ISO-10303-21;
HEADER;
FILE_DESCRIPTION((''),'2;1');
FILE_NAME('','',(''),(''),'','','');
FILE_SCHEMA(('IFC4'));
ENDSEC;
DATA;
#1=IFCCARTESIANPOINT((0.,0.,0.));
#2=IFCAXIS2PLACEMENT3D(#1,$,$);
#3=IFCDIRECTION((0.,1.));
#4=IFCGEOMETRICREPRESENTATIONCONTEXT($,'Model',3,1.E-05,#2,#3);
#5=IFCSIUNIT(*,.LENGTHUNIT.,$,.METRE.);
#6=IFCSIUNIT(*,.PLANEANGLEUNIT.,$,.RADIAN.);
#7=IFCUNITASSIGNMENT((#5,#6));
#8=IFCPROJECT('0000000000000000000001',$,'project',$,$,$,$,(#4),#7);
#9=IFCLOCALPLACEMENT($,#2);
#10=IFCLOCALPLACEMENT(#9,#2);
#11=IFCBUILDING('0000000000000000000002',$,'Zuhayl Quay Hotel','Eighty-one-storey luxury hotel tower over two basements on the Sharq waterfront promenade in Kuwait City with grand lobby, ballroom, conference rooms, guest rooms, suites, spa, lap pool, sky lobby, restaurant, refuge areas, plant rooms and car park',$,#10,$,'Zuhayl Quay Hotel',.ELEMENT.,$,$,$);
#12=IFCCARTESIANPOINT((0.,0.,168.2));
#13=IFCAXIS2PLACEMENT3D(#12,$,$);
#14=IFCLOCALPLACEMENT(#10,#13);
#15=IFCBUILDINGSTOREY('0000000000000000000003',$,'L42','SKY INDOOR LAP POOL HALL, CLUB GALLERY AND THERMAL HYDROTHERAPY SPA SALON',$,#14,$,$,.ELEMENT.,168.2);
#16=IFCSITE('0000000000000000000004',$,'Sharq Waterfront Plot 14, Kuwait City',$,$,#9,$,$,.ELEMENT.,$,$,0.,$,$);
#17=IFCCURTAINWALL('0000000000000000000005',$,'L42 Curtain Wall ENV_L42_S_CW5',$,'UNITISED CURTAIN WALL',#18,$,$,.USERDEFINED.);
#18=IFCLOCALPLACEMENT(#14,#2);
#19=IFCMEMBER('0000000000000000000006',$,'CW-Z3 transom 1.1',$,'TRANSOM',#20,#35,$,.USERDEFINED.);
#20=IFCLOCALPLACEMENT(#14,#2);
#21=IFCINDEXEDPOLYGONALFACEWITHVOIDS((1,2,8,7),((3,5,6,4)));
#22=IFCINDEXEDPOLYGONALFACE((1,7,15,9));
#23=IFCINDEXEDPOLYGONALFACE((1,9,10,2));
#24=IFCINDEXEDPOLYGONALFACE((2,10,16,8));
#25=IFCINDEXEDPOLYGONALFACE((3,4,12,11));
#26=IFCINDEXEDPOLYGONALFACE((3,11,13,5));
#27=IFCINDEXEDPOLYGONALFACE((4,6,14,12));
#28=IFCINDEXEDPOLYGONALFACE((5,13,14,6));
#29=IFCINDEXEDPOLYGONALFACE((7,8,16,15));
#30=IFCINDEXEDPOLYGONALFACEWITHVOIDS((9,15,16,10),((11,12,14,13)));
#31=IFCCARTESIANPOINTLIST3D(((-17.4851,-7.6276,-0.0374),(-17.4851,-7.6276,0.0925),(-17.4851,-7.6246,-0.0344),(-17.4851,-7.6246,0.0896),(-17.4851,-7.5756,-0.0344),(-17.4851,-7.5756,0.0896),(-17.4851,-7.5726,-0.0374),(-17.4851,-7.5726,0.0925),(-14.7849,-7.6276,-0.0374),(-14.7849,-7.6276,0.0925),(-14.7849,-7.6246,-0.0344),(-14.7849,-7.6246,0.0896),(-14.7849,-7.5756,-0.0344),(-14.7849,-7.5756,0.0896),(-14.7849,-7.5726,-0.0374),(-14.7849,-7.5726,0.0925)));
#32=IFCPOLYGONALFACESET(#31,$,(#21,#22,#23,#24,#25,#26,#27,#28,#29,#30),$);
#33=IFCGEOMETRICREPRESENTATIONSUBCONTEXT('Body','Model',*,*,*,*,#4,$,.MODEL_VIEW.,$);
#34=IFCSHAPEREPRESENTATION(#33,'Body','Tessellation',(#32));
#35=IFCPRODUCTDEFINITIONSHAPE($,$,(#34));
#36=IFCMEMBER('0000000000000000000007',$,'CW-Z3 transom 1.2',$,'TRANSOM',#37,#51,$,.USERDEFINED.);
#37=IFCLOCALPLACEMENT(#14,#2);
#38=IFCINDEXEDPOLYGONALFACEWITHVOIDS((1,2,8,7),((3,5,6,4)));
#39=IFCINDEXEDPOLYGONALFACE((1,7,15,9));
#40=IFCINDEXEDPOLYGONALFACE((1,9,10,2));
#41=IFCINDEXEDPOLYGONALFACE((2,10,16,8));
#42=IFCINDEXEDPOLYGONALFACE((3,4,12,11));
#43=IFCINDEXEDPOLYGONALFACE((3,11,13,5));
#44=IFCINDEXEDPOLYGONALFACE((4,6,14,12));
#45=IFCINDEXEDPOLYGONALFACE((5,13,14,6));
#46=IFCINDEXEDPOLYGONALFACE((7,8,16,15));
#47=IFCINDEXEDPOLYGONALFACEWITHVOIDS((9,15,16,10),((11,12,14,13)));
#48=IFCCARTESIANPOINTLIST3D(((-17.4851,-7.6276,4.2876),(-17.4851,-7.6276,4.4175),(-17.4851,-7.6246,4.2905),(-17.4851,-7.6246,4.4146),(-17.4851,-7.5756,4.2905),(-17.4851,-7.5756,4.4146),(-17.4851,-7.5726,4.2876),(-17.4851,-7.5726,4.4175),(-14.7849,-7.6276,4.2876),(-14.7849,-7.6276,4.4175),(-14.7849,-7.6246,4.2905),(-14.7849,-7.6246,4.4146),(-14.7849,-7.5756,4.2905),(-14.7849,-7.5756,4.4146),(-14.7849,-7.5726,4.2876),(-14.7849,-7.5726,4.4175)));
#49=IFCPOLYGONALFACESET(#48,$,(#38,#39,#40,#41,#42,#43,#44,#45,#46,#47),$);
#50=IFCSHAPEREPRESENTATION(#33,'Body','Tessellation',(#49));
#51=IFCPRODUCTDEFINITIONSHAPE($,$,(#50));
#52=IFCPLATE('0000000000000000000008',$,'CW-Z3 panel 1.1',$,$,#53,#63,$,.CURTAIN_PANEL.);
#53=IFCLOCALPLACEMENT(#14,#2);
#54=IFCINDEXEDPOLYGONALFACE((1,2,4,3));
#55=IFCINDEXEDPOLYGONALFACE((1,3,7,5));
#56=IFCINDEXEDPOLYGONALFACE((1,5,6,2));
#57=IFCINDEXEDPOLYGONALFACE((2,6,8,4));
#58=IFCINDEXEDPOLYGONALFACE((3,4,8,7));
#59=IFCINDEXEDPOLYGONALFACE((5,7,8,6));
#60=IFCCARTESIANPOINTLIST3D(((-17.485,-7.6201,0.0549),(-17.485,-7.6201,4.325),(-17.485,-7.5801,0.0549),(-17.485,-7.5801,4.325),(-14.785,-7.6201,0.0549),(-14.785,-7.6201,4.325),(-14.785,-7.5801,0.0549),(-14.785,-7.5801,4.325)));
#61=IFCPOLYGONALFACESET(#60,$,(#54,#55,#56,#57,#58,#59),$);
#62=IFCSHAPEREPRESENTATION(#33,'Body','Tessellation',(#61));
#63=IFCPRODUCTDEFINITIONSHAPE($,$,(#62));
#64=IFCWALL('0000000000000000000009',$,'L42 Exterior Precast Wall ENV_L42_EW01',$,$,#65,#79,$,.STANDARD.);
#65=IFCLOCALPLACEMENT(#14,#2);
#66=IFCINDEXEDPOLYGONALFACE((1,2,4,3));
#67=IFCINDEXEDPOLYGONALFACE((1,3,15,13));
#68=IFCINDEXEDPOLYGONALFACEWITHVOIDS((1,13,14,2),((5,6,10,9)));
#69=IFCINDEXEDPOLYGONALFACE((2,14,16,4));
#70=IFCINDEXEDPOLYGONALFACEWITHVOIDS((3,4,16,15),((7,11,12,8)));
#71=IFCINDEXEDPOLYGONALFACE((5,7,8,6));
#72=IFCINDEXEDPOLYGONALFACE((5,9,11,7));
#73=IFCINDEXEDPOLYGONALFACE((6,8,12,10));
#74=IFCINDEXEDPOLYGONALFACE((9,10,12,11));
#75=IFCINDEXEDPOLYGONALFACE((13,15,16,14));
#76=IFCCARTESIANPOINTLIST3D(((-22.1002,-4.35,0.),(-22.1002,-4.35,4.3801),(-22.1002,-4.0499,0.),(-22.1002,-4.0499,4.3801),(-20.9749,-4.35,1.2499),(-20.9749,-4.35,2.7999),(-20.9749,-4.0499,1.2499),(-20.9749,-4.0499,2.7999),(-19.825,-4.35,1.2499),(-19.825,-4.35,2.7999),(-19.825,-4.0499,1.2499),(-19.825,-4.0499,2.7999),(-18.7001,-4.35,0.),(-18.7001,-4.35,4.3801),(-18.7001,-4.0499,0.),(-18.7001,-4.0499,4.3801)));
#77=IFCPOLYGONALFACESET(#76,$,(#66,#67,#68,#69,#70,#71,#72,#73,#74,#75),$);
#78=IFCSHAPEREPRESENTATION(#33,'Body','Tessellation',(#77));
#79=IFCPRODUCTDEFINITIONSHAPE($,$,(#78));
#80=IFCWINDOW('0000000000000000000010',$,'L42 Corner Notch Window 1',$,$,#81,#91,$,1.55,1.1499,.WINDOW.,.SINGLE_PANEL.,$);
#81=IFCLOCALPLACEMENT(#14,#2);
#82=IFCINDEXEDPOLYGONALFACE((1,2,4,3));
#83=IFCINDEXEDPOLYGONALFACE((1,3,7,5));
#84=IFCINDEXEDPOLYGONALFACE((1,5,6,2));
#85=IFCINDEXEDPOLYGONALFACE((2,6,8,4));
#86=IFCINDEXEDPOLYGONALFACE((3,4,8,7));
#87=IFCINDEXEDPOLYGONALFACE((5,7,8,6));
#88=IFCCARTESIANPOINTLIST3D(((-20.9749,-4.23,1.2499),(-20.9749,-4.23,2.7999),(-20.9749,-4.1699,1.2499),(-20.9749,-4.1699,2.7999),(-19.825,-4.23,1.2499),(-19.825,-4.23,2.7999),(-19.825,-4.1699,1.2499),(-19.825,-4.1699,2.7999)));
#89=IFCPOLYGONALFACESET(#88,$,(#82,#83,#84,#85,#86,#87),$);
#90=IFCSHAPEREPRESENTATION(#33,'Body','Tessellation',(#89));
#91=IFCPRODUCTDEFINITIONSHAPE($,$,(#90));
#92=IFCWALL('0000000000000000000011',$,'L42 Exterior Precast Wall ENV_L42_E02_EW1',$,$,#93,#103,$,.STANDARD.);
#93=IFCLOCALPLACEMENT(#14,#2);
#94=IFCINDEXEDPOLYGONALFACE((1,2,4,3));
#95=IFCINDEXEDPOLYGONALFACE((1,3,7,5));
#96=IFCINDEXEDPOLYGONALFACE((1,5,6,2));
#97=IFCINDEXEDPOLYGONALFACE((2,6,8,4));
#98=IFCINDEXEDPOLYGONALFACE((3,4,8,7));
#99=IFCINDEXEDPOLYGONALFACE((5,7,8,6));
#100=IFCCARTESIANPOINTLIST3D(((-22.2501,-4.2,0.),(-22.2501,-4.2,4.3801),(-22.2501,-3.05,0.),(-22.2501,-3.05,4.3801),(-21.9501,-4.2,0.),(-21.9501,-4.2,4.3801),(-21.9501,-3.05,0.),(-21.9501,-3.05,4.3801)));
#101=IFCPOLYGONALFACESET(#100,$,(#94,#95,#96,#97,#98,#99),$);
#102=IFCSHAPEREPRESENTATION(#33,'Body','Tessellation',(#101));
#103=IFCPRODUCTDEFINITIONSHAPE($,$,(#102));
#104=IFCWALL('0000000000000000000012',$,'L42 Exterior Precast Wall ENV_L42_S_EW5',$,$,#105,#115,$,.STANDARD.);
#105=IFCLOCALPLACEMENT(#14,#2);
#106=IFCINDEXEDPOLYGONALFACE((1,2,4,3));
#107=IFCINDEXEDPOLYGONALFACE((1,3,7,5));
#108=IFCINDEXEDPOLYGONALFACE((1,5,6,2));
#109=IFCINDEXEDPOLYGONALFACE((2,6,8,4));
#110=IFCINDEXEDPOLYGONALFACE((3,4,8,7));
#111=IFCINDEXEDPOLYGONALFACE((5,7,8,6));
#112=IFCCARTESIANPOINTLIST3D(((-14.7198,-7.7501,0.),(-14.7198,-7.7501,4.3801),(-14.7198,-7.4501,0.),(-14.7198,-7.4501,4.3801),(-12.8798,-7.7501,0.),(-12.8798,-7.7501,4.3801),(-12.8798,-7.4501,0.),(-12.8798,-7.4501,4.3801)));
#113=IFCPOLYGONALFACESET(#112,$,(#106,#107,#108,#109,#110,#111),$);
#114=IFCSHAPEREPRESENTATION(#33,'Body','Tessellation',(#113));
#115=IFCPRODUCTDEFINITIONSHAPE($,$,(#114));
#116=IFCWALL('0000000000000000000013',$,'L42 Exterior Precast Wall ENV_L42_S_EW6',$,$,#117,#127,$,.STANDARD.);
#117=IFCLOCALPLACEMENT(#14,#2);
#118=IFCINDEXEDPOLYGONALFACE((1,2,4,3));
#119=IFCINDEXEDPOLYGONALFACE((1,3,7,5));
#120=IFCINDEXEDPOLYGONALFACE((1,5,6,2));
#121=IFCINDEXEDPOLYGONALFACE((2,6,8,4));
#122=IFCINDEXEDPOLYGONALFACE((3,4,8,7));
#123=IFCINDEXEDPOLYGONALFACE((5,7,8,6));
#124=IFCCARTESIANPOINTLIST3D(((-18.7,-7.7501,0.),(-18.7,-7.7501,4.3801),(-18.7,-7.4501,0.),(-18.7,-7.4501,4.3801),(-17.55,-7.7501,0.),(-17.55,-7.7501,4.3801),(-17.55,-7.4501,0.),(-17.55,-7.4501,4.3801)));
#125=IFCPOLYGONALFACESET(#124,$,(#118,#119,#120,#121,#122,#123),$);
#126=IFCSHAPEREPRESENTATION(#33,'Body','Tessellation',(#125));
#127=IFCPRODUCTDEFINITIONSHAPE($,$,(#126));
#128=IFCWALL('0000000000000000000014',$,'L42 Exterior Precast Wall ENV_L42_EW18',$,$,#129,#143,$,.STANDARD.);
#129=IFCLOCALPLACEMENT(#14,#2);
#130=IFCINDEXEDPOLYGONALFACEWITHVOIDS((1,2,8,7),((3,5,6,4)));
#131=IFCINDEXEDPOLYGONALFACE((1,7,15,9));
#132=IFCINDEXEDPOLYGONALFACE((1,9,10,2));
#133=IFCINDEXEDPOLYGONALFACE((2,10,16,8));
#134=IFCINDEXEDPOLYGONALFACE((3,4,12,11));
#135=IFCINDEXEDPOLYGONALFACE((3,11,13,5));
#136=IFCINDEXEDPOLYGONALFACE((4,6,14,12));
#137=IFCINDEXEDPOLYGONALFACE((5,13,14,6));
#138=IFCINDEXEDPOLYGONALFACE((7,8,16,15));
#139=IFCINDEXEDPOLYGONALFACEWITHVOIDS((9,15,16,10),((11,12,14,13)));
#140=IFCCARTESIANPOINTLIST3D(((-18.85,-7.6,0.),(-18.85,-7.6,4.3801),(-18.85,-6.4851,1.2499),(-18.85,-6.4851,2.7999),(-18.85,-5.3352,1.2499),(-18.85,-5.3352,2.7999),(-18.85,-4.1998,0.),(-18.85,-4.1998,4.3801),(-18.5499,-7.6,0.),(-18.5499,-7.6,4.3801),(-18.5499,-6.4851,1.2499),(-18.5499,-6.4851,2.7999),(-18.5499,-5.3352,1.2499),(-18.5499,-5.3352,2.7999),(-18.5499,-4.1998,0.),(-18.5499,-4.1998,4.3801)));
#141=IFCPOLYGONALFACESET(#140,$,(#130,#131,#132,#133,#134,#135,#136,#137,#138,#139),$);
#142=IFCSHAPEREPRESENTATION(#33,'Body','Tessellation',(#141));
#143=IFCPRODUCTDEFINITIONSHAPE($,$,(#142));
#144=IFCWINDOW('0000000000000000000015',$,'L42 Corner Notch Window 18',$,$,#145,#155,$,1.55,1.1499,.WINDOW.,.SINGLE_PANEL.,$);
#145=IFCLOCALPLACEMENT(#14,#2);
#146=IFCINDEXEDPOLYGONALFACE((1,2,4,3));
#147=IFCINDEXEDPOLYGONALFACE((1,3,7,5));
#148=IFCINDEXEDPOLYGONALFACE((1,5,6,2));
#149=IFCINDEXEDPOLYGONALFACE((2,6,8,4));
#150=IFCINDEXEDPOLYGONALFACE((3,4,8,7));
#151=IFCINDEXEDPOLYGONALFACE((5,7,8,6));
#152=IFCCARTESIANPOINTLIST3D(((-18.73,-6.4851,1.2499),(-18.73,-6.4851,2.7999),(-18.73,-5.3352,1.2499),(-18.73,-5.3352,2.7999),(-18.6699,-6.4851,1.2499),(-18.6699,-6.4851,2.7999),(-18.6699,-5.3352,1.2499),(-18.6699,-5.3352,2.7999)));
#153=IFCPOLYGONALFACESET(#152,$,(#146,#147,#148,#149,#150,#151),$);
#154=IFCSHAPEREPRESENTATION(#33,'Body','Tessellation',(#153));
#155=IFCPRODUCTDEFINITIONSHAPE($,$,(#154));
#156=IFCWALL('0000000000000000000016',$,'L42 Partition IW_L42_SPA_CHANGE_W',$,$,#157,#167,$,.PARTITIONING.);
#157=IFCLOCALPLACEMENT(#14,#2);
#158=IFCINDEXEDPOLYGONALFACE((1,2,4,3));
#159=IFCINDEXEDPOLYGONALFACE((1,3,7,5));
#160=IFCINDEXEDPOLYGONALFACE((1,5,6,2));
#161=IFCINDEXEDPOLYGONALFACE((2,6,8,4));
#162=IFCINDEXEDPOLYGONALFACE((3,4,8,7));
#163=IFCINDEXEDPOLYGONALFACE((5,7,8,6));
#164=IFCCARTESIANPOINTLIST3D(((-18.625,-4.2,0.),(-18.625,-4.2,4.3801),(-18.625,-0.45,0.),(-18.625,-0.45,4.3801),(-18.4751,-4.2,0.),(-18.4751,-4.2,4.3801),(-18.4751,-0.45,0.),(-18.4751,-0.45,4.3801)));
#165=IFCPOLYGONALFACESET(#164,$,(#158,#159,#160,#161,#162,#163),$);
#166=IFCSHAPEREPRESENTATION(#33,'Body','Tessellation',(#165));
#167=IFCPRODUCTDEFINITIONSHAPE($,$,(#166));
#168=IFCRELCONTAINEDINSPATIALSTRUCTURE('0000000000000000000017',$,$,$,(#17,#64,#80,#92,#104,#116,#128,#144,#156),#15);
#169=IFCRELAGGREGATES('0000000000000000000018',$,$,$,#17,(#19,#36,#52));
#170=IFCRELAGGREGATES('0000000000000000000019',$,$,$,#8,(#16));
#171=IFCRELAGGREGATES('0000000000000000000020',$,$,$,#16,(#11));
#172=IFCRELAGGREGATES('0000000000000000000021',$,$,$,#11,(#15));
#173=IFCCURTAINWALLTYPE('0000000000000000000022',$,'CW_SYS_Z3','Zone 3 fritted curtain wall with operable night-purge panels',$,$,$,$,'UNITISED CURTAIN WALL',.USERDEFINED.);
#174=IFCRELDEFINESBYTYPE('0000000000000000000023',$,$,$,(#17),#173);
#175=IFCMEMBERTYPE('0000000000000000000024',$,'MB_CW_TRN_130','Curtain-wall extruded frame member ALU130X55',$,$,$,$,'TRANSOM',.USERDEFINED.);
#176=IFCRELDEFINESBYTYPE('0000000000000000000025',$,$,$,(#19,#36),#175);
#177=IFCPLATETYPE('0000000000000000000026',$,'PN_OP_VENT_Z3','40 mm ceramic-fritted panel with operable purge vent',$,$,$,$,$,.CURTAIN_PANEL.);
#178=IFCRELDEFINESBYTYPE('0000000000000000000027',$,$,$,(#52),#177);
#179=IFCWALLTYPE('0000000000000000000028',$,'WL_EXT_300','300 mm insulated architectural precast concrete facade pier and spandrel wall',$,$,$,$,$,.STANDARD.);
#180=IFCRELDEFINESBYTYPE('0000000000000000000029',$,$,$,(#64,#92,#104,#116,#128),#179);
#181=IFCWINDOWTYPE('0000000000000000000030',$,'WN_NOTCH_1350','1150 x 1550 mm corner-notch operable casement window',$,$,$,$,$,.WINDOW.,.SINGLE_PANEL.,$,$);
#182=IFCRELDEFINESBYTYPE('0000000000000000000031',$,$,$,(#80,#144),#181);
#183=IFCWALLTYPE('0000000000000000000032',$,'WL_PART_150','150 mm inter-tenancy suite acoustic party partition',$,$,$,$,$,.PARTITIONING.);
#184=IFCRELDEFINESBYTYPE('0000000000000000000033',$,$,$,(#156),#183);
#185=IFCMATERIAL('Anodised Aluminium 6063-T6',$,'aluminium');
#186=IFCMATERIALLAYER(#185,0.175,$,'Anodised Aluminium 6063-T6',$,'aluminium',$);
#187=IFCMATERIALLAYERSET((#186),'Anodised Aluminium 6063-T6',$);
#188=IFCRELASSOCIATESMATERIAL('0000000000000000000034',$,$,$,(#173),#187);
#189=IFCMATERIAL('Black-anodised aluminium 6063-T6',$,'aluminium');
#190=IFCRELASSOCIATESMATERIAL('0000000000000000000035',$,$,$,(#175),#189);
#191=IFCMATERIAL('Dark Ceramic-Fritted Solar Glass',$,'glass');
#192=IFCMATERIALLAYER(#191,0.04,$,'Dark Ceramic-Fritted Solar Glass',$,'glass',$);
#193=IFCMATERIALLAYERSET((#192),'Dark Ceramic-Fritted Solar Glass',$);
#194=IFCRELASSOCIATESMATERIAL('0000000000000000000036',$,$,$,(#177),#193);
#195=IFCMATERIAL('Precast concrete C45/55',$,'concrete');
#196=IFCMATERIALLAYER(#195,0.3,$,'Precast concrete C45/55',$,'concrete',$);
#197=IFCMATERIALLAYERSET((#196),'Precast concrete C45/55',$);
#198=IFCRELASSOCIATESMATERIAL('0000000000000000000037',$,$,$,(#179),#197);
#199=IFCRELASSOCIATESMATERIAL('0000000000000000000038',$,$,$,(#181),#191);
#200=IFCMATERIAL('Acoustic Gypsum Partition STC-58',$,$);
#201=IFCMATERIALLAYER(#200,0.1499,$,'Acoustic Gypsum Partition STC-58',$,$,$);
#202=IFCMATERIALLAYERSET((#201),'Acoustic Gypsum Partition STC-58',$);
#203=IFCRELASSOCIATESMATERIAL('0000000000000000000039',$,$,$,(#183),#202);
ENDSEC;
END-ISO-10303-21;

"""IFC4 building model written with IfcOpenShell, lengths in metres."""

from ifc_helpers import new_model, si_unit, direction, frame, frame_2d, origin, origin_2d, place, context, subcontext, project, spatial, rectangle, hollow_rectangle, extrude, material, layer, layer_set, material_profile, profile_set, type_object, element, fill, aggregate, save


model = new_model("IFC4")

# Units and contexts
model_context = context("Model", 3, precision=1e-05, world=origin(), true_north=direction((0.0, 1.0)))
body_context = subcontext(model_context, "Body", "Model", "MODEL_VIEW")
ifc_project = project(units=[si_unit("LENGTHUNIT", "METRE"), si_unit("PLANEANGLEUNIT", "RADIAN")], contexts=[model_context])

# Site, building, storey
site_placement = place(None, origin())
site = spatial("IfcSite", under=ifc_project, at=site_placement, Name="Sharq Waterfront Plot 14, Kuwait City", CompositionType="ELEMENT", RefElevation=0.0)
building_placement = place(site_placement, origin())
building = spatial("IfcBuilding", under=site, at=building_placement, Name="Zuhayl Quay Hotel", Description="Eighty-one-storey luxury hotel tower over two basements on the Sharq waterfront promenade in Kuwait City with grand lobby, ballroom, conference rooms, guest rooms, suites, spa, lap pool, sky lobby, restaurant, refuge areas, plant rooms and car park", LongName="Zuhayl Quay Hotel", CompositionType="ELEMENT")
storey_placement = place(building_placement, frame((0.0, 0.0, 168.2)))
storey = spatial("IfcBuildingStorey", under=building, at=storey_placement, Name="L42", Description="SKY INDOOR LAP POOL HALL, CLUB GALLERY AND THERMAL HYDROTHERAPY SPA SALON", CompositionType="ELEMENT", Elevation=168.2)

# Shared definitions
ifc_material_1 = material(Name="Anodised Aluminium 6063-T6", Category="aluminium")
ifc_layer_1 = layer(ifc_material_1, 0.175, Name="Anodised Aluminium 6063-T6", Category="aluminium")
ifc_layer_set_1 = layer_set([ifc_layer_1], Name="Anodised Aluminium 6063-T6")
curtain_wall_type = type_object("IfcCurtainWallType", Name="CW_SYS_Z3", Description="Zone 3 fritted curtain wall with operable night-purge panels", ElementType="UNITISED CURTAIN WALL", PredefinedType="USERDEFINED", material=ifc_layer_set_1)
ifc_material_2 = material(Name="Black-anodised aluminium 6063-T6", Category="aluminium")

# Curtain wall
curtain_wall_1_placement = place(storey_placement, origin())
curtain_wall_1 = element("IfcCurtainWall", 1, at=curtain_wall_1_placement, inside=storey, type_object=curtain_wall_type, Name="L42 Curtain Wall ENV_L42_S_CW5", ObjectType="UNITISED CURTAIN WALL", PredefinedType="USERDEFINED")

# Members
ifc_material_profile_1 = material_profile(ifc_material_2, hollow_rectangle(XDim=0.0549, YDim=0.1299, WallThickness=0.0029, at=origin_2d()), Name="ALU130X55")
ifc_profile_set_1 = profile_set([ifc_material_profile_1], Name="Black-anodised aluminium 6063-T6")
member_type_1 = type_object("IfcMemberType", Name="MB_CW_TRN_130", Description="Curtain-wall extruded frame member ALU130X55", ElementType="TRANSOM", PredefinedType="USERDEFINED", material=ifc_profile_set_1)
member_1_placement = place(storey_placement, frame((-14.7849, -7.6001, 0.0276), z_axis=(-1.0, 0.0, 0.0), x_axis=(0.0, -1.0, 0.0)))
member_1 = element("IfcMember", 2, at=member_1_placement, type_object=member_type_1, Name="CW-Z3 transom 1.1", ObjectType="TRANSOM", PredefinedType="USERDEFINED", context=body_context, shape_type="SweptSolid", body=[
    extrude(hollow_rectangle(XDim=0.0549, YDim=0.1299, WallThickness=0.0029, at=origin_2d()), origin(), (0.0, 0.0, 1.0), 2.7002),
])
member_2_placement = place(storey_placement, frame((-14.7849, -7.6001, 4.3525), z_axis=(-1.0, 0.0, 0.0), x_axis=(0.0, -1.0, 0.0)))
member_2 = element("IfcMember", 3, at=member_2_placement, type_object=member_type_1, Name="CW-Z3 transom 1.2", ObjectType="TRANSOM", PredefinedType="USERDEFINED", context=body_context, shape_type="SweptSolid", body=[
    extrude(hollow_rectangle(XDim=0.0549, YDim=0.1299, WallThickness=0.0029, at=origin_2d()), origin(), (0.0, 0.0, 1.0), 2.7002),
])

# Plate
ifc_material_3 = material(Name="Dark Ceramic-Fritted Solar Glass", Category="glass")
ifc_layer_2 = layer(ifc_material_3, 0.04, Name="Dark Ceramic-Fritted Solar Glass", Category="glass")
ifc_layer_set_2 = layer_set([ifc_layer_2], Name="Dark Ceramic-Fritted Solar Glass")
plate_type = type_object("IfcPlateType", Name="PN_OP_VENT_Z3", Description="40 mm ceramic-fritted panel with operable purge vent", PredefinedType="CURTAIN_PANEL", material=ifc_layer_set_2)
plate_placement = place(storey_placement, frame((-16.135, -7.6001, 0.0549), z_axis=(0.0, 0.0, 1.0), x_axis=(-1.0, 0.0, 0.0)))
plate = element("IfcPlate", 4, at=plate_placement, type_object=plate_type, Name="CW-Z3 panel 1.1", PredefinedType="CURTAIN_PANEL", context=body_context, shape_type="SweptSolid", body=[
    extrude(rectangle(XDim=2.7, YDim=0.04, at=origin_2d()), origin(), (0.0, 0.0, 1.0), 4.27),
])
aggregate(curtain_wall_1, [member_1, member_2, plate])

# Wall, opening, window
ifc_material_4 = material(Name="Precast concrete C45/55", Category="concrete")
ifc_layer_3 = layer(ifc_material_4, 0.3, Name="Precast concrete C45/55", Category="concrete")
ifc_layer_set_3 = layer_set([ifc_layer_3], Name="Precast concrete C45/55")
wall_type_1 = type_object("IfcWallType", Name="WL_EXT_300", Description="300 mm insulated architectural precast concrete facade pier and spandrel wall", PredefinedType="STANDARD", material=ifc_layer_set_3)
wall_1_placement = place(storey_placement, frame((-18.7, -4.2, 0.0), z_axis=(0.0, 0.0, 1.0), x_axis=(-1.0, 0.0, 0.0)))
wall_1 = element("IfcWall", 5, at=wall_1_placement, inside=storey, type_object=wall_type_1, Name="L42 Exterior Precast Wall ENV_L42_EW01", PredefinedType="STANDARD", context=body_context, shape_type="SweptSolid", body=[
    extrude(rectangle(XDim=3.4001, YDim=0.3, at=frame_2d((1.7002, 0.0))), origin(), (0.0, 0.0, 1.0), 4.3801),
])
opening_1_placement = place(wall_1_placement, frame((1.125, 0.0, 1.25)))
opening_1 = element("IfcOpeningElement", 6, at=opening_1_placement, cuts=wall_1, PredefinedType="OPENING", context=body_context, shape_type="SweptSolid", body=[
    extrude(rectangle(XDim=1.1499, YDim=1.55, at=frame_2d((0.575, 0.7749))), frame((0.0, 0.1599, 0.0), z_axis=(0.0, -1.0, 0.0), x_axis=(1.0, 0.0, 0.0)), (0.0, 0.0, 1.0), 0.3201),
])
window_type = type_object("IfcWindowType", Name="WN_NOTCH_1350", Description="1150 x 1550 mm corner-notch operable casement window", PartitioningType="SINGLE_PANEL", PredefinedType="WINDOW", material=ifc_material_3)
window_1_placement = place(opening_1_placement, origin())
window_1 = element("IfcWindow", 7, at=window_1_placement, inside=storey, type_object=window_type, Name="L42 Corner Notch Window 1", OverallHeight=1.55, OverallWidth=1.1499, PartitioningType="SINGLE_PANEL", PredefinedType="WINDOW", context=body_context, shape_type="SweptSolid", body=[
    extrude(rectangle(XDim=1.1499, YDim=1.55, at=frame_2d((0.575, 0.7749))), frame((0.0, 0.03, 0.0), z_axis=(0.0, -1.0, 0.0), x_axis=(1.0, 0.0, 0.0)), (0.0, 0.0, 1.0), 0.0601),
])
fill(opening_1, window_1)

# Walls
wall_2_placement = place(storey_placement, frame((-22.1001, -4.2, 0.0), z_axis=(0.0, 0.0, 1.0), x_axis=(0.0, 1.0, 0.0)))
element("IfcWall", 8, at=wall_2_placement, inside=storey, type_object=wall_type_1, Name="L42 Exterior Precast Wall ENV_L42_E02_EW1", PredefinedType="STANDARD", context=body_context, shape_type="SweptSolid", body=[
    extrude(rectangle(XDim=1.1499, YDim=0.3, at=frame_2d((0.575, 0.0))), origin(), (0.0, 0.0, 1.0), 4.3801),
])
wall_3_placement = place(storey_placement, frame((-12.8799, -7.6001, 0.0), z_axis=(0.0, 0.0, 1.0), x_axis=(-1.0, 0.0, 0.0)))
element("IfcWall", 9, at=wall_3_placement, inside=storey, type_object=wall_type_1, Name="L42 Exterior Precast Wall ENV_L42_S_EW5", PredefinedType="STANDARD", context=body_context, shape_type="SweptSolid", body=[
    extrude(rectangle(XDim=1.8401, YDim=0.3, at=frame_2d((0.9199, 0.0))), origin(), (0.0, 0.0, 1.0), 4.3801),
])
wall_4_placement = place(storey_placement, frame((-17.55, -7.6001, 0.0), z_axis=(0.0, 0.0, 1.0), x_axis=(-1.0, 0.0, 0.0)))
element("IfcWall", 10, at=wall_4_placement, inside=storey, type_object=wall_type_1, Name="L42 Exterior Precast Wall ENV_L42_S_EW6", PredefinedType="STANDARD", context=body_context, shape_type="SweptSolid", body=[
    extrude(rectangle(XDim=1.1499, YDim=0.3, at=frame_2d((0.575, 0.0))), origin(), (0.0, 0.0, 1.0), 4.3801),
])

# Wall, opening, window
wall_5_placement = place(storey_placement, frame((-18.7, -7.6001, 0.0), z_axis=(0.0, 0.0, 1.0), x_axis=(0.0, 1.0, 0.0)))
wall_5 = element("IfcWall", 11, at=wall_5_placement, inside=storey, type_object=wall_type_1, Name="L42 Exterior Precast Wall ENV_L42_EW18", PredefinedType="STANDARD", context=body_context, shape_type="SweptSolid", body=[
    extrude(rectangle(XDim=3.4001, YDim=0.3, at=frame_2d((1.7002, 0.0))), origin(), (0.0, 0.0, 1.0), 4.3801),
])
opening_2_placement = place(wall_5_placement, frame((1.115, 0.0, 1.25)))
opening_2 = element("IfcOpeningElement", 12, at=opening_2_placement, cuts=wall_5, PredefinedType="OPENING", context=body_context, shape_type="SweptSolid", body=[
    extrude(rectangle(XDim=1.1499, YDim=1.55, at=frame_2d((0.575, 0.7749))), frame((0.0, 0.1599, 0.0), z_axis=(0.0, -1.0, 0.0), x_axis=(1.0, 0.0, 0.0)), (0.0, 0.0, 1.0), 0.3201),
])
window_2_placement = place(opening_2_placement, origin())
window_2 = element("IfcWindow", 13, at=window_2_placement, inside=storey, type_object=window_type, Name="L42 Corner Notch Window 18", OverallHeight=1.55, OverallWidth=1.1499, PartitioningType="SINGLE_PANEL", PredefinedType="WINDOW", context=body_context, shape_type="SweptSolid", body=[
    extrude(rectangle(XDim=1.1499, YDim=1.55, at=frame_2d((0.575, 0.7749))), frame((0.0, 0.03, 0.0), z_axis=(0.0, -1.0, 0.0), x_axis=(1.0, 0.0, 0.0)), (0.0, 0.0, 1.0), 0.0601),
])
fill(opening_2, window_2)

# Wall
ifc_material_5 = material(Name="Acoustic Gypsum Partition STC-58")
ifc_layer_4 = layer(ifc_material_5, 0.1499, Name="Acoustic Gypsum Partition STC-58")
ifc_layer_set_4 = layer_set([ifc_layer_4], Name="Acoustic Gypsum Partition STC-58")
wall_type_2 = type_object("IfcWallType", Name="WL_PART_150", Description="150 mm inter-tenancy suite acoustic party partition", PredefinedType="PARTITIONING", material=ifc_layer_set_4)
wall_6_placement = place(storey_placement, frame((-18.55, -4.2, 0.0), z_axis=(0.0, 0.0, 1.0), x_axis=(0.0, 1.0, 0.0)))
element("IfcWall", 14, at=wall_6_placement, inside=storey, type_object=wall_type_2, Name="L42 Partition IW_L42_SPA_CHANGE_W", PredefinedType="PARTITIONING", context=body_context, shape_type="SweptSolid", body=[
    extrude(rectangle(XDim=3.75, YDim=0.1499, at=frame_2d((1.875, 0.0))), origin(), (0.0, 0.0, 1.0), 4.3801),
])

save(model, "model.ifc")
